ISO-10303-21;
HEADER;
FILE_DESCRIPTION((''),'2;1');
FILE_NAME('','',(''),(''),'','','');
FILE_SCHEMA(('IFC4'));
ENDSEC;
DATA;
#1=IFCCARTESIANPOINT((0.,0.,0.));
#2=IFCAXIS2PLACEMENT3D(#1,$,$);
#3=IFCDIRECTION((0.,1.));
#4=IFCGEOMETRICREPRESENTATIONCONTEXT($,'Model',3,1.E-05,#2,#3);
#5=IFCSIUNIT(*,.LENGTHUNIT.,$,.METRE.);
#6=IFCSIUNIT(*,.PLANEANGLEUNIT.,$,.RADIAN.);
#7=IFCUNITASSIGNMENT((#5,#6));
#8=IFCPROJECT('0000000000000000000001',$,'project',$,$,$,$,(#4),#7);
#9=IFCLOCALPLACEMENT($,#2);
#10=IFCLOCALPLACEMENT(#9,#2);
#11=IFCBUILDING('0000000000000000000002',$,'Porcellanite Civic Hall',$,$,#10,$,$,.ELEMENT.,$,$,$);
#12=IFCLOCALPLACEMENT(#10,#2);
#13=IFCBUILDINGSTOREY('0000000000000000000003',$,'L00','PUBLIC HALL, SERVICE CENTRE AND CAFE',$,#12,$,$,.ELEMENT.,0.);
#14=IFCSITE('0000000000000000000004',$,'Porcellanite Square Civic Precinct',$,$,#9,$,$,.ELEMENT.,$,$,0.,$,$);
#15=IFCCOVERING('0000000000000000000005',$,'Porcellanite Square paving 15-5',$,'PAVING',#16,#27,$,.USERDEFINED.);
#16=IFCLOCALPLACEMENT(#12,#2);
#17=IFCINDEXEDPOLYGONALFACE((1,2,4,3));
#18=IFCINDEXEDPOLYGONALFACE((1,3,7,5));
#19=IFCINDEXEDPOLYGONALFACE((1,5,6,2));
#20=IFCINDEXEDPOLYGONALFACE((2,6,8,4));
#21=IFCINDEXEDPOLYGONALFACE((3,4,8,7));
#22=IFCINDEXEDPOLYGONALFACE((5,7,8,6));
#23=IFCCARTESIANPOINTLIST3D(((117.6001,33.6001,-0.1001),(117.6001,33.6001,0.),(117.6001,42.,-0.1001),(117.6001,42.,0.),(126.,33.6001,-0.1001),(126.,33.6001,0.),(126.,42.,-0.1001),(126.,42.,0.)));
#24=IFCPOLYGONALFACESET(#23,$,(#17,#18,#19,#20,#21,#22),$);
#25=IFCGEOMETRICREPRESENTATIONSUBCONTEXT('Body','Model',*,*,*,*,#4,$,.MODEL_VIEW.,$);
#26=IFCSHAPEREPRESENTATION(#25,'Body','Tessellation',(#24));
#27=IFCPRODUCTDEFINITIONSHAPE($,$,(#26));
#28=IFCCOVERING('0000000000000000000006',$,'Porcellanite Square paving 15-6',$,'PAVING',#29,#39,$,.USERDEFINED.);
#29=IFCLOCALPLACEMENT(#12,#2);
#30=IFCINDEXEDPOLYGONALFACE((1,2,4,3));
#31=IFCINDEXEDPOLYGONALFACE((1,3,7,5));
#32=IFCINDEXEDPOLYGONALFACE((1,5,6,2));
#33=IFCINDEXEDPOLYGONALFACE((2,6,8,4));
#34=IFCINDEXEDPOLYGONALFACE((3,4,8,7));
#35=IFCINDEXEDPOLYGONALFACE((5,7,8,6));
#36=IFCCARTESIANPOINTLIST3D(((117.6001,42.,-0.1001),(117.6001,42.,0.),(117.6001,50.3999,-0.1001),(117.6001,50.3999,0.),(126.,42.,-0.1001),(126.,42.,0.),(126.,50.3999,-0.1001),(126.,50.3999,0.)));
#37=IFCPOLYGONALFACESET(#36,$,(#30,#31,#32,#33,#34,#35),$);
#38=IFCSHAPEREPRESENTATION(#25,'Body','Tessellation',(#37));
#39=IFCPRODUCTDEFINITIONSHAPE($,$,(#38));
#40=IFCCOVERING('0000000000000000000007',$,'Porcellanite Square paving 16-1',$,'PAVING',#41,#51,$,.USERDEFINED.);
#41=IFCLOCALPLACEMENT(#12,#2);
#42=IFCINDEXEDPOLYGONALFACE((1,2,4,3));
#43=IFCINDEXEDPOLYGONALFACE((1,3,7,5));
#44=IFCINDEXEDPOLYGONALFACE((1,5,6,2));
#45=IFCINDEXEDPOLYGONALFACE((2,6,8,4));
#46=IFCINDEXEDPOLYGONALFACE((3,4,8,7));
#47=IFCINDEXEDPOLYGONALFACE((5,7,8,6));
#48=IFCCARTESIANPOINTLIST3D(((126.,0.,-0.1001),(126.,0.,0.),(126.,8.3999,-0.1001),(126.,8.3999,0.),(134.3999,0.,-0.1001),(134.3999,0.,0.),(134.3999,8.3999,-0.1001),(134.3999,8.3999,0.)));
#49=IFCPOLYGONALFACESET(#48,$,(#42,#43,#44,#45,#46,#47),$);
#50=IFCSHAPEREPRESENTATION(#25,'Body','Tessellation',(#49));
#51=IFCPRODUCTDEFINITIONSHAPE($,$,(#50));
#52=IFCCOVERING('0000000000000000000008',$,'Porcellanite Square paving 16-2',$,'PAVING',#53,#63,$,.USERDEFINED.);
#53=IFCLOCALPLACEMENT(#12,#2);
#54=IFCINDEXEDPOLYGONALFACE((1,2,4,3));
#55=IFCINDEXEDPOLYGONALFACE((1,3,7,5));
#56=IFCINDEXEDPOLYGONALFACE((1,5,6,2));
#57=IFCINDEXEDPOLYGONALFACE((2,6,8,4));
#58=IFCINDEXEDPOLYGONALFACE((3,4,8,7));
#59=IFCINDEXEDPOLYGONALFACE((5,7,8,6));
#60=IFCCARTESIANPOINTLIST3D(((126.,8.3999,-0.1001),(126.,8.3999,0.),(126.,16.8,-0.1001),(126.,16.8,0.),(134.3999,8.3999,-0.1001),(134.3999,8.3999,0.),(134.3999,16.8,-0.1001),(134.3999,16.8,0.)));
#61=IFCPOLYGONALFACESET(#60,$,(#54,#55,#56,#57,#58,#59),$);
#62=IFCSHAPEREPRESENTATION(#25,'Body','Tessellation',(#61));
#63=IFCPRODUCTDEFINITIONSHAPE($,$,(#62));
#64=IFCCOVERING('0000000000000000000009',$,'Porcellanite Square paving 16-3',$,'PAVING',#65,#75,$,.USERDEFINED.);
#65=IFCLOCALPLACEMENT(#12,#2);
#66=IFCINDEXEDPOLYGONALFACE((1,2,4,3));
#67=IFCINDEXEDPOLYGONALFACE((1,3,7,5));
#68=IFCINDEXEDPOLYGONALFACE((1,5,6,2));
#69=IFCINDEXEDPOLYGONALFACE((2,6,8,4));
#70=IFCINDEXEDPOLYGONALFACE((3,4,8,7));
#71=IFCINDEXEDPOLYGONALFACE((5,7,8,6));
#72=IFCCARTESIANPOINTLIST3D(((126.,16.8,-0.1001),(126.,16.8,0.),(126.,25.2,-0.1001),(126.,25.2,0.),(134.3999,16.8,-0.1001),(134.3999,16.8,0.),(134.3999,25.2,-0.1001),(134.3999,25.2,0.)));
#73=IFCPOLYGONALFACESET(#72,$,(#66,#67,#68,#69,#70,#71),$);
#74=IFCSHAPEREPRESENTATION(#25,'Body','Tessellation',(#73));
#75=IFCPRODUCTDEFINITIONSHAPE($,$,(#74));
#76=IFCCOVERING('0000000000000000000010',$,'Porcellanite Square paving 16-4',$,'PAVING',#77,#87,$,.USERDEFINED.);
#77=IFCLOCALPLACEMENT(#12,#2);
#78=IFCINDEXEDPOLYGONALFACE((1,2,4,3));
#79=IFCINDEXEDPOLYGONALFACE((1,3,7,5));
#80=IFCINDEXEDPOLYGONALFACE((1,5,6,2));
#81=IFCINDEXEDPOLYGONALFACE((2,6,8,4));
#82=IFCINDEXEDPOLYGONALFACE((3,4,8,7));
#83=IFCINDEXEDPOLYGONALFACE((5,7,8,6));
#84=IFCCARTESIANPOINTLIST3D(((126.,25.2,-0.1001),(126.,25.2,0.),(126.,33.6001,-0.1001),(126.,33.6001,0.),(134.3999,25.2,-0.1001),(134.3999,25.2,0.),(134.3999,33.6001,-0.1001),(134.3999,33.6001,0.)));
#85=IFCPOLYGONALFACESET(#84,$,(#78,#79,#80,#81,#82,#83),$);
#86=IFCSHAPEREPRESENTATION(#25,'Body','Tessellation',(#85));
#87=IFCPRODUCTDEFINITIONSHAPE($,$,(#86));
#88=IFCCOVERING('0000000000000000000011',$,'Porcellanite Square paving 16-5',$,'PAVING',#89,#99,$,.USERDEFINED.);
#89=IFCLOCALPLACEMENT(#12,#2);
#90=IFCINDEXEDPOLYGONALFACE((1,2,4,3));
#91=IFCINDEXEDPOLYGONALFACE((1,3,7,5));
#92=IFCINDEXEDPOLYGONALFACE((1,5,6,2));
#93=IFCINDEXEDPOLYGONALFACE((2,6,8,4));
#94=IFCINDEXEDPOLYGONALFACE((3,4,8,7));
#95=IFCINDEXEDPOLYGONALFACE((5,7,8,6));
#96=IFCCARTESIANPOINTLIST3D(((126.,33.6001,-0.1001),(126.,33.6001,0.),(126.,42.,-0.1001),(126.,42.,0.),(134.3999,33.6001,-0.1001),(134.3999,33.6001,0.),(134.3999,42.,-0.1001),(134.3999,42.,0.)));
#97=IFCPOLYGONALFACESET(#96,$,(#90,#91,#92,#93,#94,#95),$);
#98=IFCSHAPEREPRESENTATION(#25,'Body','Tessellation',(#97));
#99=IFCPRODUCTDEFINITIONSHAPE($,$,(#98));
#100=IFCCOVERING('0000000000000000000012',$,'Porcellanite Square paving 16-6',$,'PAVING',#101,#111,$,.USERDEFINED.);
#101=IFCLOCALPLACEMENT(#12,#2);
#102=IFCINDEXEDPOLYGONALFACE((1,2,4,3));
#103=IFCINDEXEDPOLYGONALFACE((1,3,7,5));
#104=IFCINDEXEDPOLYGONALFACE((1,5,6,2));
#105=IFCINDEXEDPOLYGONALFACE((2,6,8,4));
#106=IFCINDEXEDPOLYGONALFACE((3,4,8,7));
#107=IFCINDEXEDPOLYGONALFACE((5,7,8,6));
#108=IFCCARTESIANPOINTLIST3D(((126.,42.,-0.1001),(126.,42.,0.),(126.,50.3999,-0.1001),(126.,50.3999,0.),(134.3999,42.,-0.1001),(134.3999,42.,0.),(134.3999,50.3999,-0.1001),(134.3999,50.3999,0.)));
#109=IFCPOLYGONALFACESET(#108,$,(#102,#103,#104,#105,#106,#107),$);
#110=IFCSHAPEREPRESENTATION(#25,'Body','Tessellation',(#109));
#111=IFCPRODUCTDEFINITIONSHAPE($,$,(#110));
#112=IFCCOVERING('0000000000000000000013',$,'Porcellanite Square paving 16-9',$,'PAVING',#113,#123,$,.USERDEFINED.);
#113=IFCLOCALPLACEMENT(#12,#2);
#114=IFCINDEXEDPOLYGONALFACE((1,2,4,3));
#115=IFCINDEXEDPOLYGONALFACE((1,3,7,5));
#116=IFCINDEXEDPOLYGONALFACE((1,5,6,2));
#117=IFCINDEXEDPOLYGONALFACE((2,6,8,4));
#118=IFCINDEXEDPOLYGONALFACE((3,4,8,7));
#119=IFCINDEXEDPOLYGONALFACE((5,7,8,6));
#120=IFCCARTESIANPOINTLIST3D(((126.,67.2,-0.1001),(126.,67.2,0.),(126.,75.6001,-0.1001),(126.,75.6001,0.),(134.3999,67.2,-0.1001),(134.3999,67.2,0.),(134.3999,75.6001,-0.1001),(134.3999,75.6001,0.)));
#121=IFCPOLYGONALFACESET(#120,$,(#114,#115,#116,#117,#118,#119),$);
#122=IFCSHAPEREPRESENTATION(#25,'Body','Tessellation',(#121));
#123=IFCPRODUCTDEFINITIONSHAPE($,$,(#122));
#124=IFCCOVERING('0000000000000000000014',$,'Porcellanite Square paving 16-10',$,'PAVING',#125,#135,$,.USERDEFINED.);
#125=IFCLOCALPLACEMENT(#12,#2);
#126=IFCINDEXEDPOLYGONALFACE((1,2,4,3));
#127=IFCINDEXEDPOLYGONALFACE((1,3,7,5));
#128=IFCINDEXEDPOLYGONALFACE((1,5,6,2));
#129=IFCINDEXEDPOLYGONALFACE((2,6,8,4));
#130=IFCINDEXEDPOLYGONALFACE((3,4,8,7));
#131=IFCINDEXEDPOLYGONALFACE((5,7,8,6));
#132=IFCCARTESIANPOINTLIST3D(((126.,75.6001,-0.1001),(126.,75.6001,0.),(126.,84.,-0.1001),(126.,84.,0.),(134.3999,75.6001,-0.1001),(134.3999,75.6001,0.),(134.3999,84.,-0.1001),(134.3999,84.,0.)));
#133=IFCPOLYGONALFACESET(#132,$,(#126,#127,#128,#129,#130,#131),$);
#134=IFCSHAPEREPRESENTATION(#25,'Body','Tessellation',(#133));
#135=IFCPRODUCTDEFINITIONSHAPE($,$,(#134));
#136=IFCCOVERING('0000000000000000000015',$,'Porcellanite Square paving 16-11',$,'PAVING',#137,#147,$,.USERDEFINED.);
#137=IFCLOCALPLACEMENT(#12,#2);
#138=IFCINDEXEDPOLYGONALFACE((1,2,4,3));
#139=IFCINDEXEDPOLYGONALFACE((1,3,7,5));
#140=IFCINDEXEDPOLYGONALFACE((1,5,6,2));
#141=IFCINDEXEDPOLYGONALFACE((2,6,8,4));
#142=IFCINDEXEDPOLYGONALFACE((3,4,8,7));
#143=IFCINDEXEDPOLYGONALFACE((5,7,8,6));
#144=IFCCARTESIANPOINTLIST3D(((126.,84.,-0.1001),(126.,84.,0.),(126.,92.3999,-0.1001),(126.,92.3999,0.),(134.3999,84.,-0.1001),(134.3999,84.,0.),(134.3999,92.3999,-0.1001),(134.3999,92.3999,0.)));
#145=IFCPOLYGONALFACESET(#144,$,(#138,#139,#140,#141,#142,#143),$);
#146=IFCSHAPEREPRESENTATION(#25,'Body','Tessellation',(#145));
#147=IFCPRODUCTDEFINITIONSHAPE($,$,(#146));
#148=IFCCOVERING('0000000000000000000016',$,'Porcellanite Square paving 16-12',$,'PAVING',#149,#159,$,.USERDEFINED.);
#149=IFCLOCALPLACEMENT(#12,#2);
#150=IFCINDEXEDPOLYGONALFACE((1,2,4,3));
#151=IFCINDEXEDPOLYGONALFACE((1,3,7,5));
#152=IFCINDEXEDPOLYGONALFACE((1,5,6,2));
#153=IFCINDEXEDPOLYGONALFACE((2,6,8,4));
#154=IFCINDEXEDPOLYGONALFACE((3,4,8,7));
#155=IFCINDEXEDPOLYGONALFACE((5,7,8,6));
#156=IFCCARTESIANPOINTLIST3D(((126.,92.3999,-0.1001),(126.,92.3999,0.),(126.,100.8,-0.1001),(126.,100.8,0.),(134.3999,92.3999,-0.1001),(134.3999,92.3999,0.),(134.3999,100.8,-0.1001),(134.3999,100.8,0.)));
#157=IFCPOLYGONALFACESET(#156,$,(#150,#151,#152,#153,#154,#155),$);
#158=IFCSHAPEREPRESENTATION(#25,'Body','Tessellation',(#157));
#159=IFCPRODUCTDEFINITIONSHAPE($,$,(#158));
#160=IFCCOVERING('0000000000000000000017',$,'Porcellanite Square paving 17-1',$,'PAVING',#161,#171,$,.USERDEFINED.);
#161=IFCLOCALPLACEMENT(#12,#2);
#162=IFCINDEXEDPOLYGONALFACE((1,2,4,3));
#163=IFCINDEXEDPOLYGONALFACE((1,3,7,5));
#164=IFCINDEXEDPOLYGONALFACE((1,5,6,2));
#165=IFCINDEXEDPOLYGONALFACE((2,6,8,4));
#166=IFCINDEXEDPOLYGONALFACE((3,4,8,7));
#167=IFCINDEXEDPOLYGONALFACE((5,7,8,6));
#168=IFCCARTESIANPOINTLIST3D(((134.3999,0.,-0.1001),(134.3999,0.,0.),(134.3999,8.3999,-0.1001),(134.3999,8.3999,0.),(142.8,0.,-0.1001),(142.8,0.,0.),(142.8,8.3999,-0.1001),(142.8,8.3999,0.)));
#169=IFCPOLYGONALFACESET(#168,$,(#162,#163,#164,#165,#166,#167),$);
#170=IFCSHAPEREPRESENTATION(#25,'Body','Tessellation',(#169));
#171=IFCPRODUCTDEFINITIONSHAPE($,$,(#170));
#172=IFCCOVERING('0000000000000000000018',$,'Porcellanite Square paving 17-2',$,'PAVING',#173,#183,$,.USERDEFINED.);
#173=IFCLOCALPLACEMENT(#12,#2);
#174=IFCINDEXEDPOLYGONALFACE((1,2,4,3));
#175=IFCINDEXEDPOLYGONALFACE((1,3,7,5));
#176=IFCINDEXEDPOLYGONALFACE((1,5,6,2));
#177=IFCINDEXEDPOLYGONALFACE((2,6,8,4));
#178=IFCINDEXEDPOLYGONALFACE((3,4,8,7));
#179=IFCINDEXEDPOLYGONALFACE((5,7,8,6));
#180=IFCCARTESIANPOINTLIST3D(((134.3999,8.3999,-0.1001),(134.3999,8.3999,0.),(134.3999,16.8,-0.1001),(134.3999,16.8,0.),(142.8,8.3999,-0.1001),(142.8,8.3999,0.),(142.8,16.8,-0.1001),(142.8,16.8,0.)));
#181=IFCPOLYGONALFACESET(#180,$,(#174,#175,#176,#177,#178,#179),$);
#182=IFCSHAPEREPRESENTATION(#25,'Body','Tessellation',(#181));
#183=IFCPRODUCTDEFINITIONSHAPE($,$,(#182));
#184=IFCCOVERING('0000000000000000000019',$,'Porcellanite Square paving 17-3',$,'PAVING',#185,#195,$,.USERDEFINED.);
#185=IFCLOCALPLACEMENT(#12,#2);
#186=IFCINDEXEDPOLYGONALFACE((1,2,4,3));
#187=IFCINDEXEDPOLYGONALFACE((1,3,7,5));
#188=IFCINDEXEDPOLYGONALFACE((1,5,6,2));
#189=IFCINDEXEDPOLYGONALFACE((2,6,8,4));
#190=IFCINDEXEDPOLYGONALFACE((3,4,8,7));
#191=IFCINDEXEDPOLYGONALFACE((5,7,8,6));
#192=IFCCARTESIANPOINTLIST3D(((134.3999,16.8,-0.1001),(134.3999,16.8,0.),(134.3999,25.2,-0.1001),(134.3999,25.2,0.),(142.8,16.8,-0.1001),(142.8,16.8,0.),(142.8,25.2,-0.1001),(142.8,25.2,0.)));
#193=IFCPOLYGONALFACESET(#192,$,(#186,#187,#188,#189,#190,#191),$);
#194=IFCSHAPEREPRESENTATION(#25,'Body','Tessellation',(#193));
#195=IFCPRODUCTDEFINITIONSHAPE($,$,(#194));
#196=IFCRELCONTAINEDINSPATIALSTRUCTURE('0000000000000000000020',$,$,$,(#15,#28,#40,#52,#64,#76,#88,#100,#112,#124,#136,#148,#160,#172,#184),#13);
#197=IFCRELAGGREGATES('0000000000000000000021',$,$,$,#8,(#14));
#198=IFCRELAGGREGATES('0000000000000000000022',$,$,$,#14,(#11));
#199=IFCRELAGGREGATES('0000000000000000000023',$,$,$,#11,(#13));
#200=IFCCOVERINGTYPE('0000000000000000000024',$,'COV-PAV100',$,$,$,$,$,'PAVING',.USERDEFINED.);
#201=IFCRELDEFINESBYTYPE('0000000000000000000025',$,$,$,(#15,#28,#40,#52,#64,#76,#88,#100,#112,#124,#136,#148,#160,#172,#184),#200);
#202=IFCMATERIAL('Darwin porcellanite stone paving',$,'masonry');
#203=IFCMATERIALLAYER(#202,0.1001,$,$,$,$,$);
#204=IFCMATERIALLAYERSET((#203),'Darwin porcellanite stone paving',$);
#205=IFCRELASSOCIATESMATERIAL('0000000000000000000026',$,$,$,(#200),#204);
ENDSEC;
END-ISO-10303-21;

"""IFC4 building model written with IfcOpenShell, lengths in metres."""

from ifc_helpers import new_model, si_unit, direction, frame, origin, place, context, subcontext, project, spatial, polyline, outline, extrude, material, layer, layer_set, type_object, element, save


model = new_model("IFC4")

# Units and contexts
model_context = context("Model", 3, precision=1e-05, world=origin(), true_north=direction((0.0, 1.0)))
body_context = subcontext(model_context, "Body", "Model", "MODEL_VIEW")
ifc_project = project(units=[si_unit("LENGTHUNIT", "METRE"), si_unit("PLANEANGLEUNIT", "RADIAN")], contexts=[model_context])

# Site, building, storey
site_placement = place(None, origin())
site = spatial("IfcSite", under=ifc_project, at=site_placement, Name="Porcellanite Square Civic Precinct", CompositionType="ELEMENT", RefElevation=0.0)
building_placement = place(site_placement, origin())
building = spatial("IfcBuilding", under=site, at=building_placement, Name="Porcellanite Civic Hall", CompositionType="ELEMENT")
storey_placement = place(building_placement, origin())
storey = spatial("IfcBuildingStorey", under=building, at=storey_placement, Name="L00", Description="PUBLIC HALL, SERVICE CENTRE AND CAFE", CompositionType="ELEMENT", Elevation=0.0)

# Coverings
ifc_material = material(Name="Darwin porcellanite stone paving", Category="masonry")
ifc_layer = layer(ifc_material, 0.1001)
ifc_layer_set = layer_set([ifc_layer], Name="Darwin porcellanite stone paving")
covering_type = type_object("IfcCoveringType", Name="COV-PAV100", ElementType="PAVING", PredefinedType="USERDEFINED", material=ifc_layer_set)
covering_1_placement = place(storey_placement, frame((0.0, 0.0, -0.1001)))
element("IfcCovering", 1, at=covering_1_placement, inside=storey, type_object=covering_type, Name="Porcellanite Square paving 15-5", ObjectType="PAVING", PredefinedType="USERDEFINED", context=body_context, shape_type="SweptSolid", body=[
    extrude(outline(polyline([(117.6001, 33.6001), (126.0, 33.6001), (126.0, 42.0), (117.6001, 42.0), (117.6001, 33.6001)])), origin(), (0.0, 0.0, 1.0), 0.1001),
])
covering_2_placement = place(storey_placement, frame((0.0, 0.0, -0.1001)))
element("IfcCovering", 2, at=covering_2_placement, inside=storey, type_object=covering_type, Name="Porcellanite Square paving 15-6", ObjectType="PAVING", PredefinedType="USERDEFINED", context=body_context, shape_type="SweptSolid", body=[
    extrude(outline(polyline([(117.6001, 42.0), (126.0, 42.0), (126.0, 50.3999), (117.6001, 50.3999), (117.6001, 42.0)])), origin(), (0.0, 0.0, 1.0), 0.1001),
])
covering_3_placement = place(storey_placement, frame((0.0, 0.0, -0.1001)))
element("IfcCovering", 3, at=covering_3_placement, inside=storey, type_object=covering_type, Name="Porcellanite Square paving 16-1", ObjectType="PAVING", PredefinedType="USERDEFINED", context=body_context, shape_type="SweptSolid", body=[
    extrude(outline(polyline([(126.0, 0.0), (134.3999, 0.0), (134.3999, 8.3999), (126.0, 8.3999), (126.0, 0.0)])), origin(), (0.0, 0.0, 1.0), 0.1001),
])
covering_4_placement = place(storey_placement, frame((0.0, 0.0, -0.1001)))
element("IfcCovering", 4, at=covering_4_placement, inside=storey, type_object=covering_type, Name="Porcellanite Square paving 16-2", ObjectType="PAVING", PredefinedType="USERDEFINED", context=body_context, shape_type="SweptSolid", body=[
    extrude(outline(polyline([(126.0, 8.3999), (134.3999, 8.3999), (134.3999, 16.8), (126.0, 16.8), (126.0, 8.3999)])), origin(), (0.0, 0.0, 1.0), 0.1001),
])
covering_5_placement = place(storey_placement, frame((0.0, 0.0, -0.1001)))
element("IfcCovering", 5, at=covering_5_placement, inside=storey, type_object=covering_type, Name="Porcellanite Square paving 16-3", ObjectType="PAVING", PredefinedType="USERDEFINED", context=body_context, shape_type="SweptSolid", body=[
    extrude(outline(polyline([(126.0, 16.8), (134.3999, 16.8), (134.3999, 25.2), (126.0, 25.2), (126.0, 16.8)])), origin(), (0.0, 0.0, 1.0), 0.1001),
])
covering_6_placement = place(storey_placement, frame((0.0, 0.0, -0.1001)))
element("IfcCovering", 6, at=covering_6_placement, inside=storey, type_object=covering_type, Name="Porcellanite Square paving 16-4", ObjectType="PAVING", PredefinedType="USERDEFINED", context=body_context, shape_type="SweptSolid", body=[
    extrude(outline(polyline([(126.0, 25.2), (134.3999, 25.2), (134.3999, 33.6001), (126.0, 33.6001), (126.0, 25.2)])), origin(), (0.0, 0.0, 1.0), 0.1001),
])
covering_7_placement = place(storey_placement, frame((0.0, 0.0, -0.1001)))
element("IfcCovering", 7, at=covering_7_placement, inside=storey, type_object=covering_type, Name="Porcellanite Square paving 16-5", ObjectType="PAVING", PredefinedType="USERDEFINED", context=body_context, shape_type="SweptSolid", body=[
    extrude(outline(polyline([(126.0, 33.6001), (134.3999, 33.6001), (134.3999, 42.0), (126.0, 42.0), (126.0, 33.6001)])), origin(), (0.0, 0.0, 1.0), 0.1001),
])
covering_8_placement = place(storey_placement, frame((0.0, 0.0, -0.1001)))
element("IfcCovering", 8, at=covering_8_placement, inside=storey, type_object=covering_type, Name="Porcellanite Square paving 16-6", ObjectType="PAVING", PredefinedType="USERDEFINED", context=body_context, shape_type="SweptSolid", body=[
    extrude(outline(polyline([(126.0, 42.0), (134.3999, 42.0), (134.3999, 50.3999), (126.0, 50.3999), (126.0, 42.0)])), origin(), (0.0, 0.0, 1.0), 0.1001),
])
covering_9_placement = place(storey_placement, frame((0.0, 0.0, -0.1001)))
element("IfcCovering", 9, at=covering_9_placement, inside=storey, type_object=covering_type, Name="Porcellanite Square paving 16-9", ObjectType="PAVING", PredefinedType="USERDEFINED", context=body_context, shape_type="SweptSolid", body=[
    extrude(outline(polyline([(126.0, 67.2), (134.3999, 67.2), (134.3999, 75.6001), (126.0, 75.6001), (126.0, 67.2)])), origin(), (0.0, 0.0, 1.0), 0.1001),
])
covering_10_placement = place(storey_placement, frame((0.0, 0.0, -0.1001)))
element("IfcCovering", 10, at=covering_10_placement, inside=storey, type_object=covering_type, Name="Porcellanite Square paving 16-10", ObjectType="PAVING", PredefinedType="USERDEFINED", context=body_context, shape_type="SweptSolid", body=[
    extrude(outline(polyline([(126.0, 75.6001), (134.3999, 75.6001), (134.3999, 84.0), (126.0, 84.0), (126.0, 75.6001)])), origin(), (0.0, 0.0, 1.0), 0.1001),
])
covering_11_placement = place(storey_placement, frame((0.0, 0.0, -0.1001)))
element("IfcCovering", 11, at=covering_11_placement, inside=storey, type_object=covering_type, Name="Porcellanite Square paving 16-11", ObjectType="PAVING", PredefinedType="USERDEFINED", context=body_context, shape_type="SweptSolid", body=[
    extrude(outline(polyline([(126.0, 84.0), (134.3999, 84.0), (134.3999, 92.3999), (126.0, 92.3999), (126.0, 84.0)])), origin(), (0.0, 0.0, 1.0), 0.1001),
])
covering_12_placement = place(storey_placement, frame((0.0, 0.0, -0.1001)))
element("IfcCovering", 12, at=covering_12_placement, inside=storey, type_object=covering_type, Name="Porcellanite Square paving 16-12", ObjectType="PAVING", PredefinedType="USERDEFINED", context=body_context, shape_type="SweptSolid", body=[
    extrude(outline(polyline([(126.0, 92.3999), (134.3999, 92.3999), (134.3999, 100.8), (126.0, 100.8), (126.0, 92.3999)])), origin(), (0.0, 0.0, 1.0), 0.1001),
])
covering_13_placement = place(storey_placement, frame((0.0, 0.0, -0.1001)))
element("IfcCovering", 13, at=covering_13_placement, inside=storey, type_object=covering_type, Name="Porcellanite Square paving 17-1", ObjectType="PAVING", PredefinedType="USERDEFINED", context=body_context, shape_type="SweptSolid", body=[
    extrude(outline(polyline([(134.3999, 0.0), (142.8, 0.0), (142.8, 8.3999), (134.3999, 8.3999), (134.3999, 0.0)])), origin(), (0.0, 0.0, 1.0), 0.1001),
])
covering_14_placement = place(storey_placement, frame((0.0, 0.0, -0.1001)))
element("IfcCovering", 14, at=covering_14_placement, inside=storey, type_object=covering_type, Name="Porcellanite Square paving 17-2", ObjectType="PAVING", PredefinedType="USERDEFINED", context=body_context, shape_type="SweptSolid", body=[
    extrude(outline(polyline([(134.3999, 8.3999), (142.8, 8.3999), (142.8, 16.8), (134.3999, 16.8), (134.3999, 8.3999)])), origin(), (0.0, 0.0, 1.0), 0.1001),
])
covering_15_placement = place(storey_placement, frame((0.0, 0.0, -0.1001)))
element("IfcCovering", 15, at=covering_15_placement, inside=storey, type_object=covering_type, Name="Porcellanite Square paving 17-3", ObjectType="PAVING", PredefinedType="USERDEFINED", context=body_context, shape_type="SweptSolid", body=[
    extrude(outline(polyline([(134.3999, 16.8), (142.8, 16.8), (142.8, 25.2), (134.3999, 25.2), (134.3999, 16.8)])), origin(), (0.0, 0.0, 1.0), 0.1001),
])

save(model, "model.ifc")
